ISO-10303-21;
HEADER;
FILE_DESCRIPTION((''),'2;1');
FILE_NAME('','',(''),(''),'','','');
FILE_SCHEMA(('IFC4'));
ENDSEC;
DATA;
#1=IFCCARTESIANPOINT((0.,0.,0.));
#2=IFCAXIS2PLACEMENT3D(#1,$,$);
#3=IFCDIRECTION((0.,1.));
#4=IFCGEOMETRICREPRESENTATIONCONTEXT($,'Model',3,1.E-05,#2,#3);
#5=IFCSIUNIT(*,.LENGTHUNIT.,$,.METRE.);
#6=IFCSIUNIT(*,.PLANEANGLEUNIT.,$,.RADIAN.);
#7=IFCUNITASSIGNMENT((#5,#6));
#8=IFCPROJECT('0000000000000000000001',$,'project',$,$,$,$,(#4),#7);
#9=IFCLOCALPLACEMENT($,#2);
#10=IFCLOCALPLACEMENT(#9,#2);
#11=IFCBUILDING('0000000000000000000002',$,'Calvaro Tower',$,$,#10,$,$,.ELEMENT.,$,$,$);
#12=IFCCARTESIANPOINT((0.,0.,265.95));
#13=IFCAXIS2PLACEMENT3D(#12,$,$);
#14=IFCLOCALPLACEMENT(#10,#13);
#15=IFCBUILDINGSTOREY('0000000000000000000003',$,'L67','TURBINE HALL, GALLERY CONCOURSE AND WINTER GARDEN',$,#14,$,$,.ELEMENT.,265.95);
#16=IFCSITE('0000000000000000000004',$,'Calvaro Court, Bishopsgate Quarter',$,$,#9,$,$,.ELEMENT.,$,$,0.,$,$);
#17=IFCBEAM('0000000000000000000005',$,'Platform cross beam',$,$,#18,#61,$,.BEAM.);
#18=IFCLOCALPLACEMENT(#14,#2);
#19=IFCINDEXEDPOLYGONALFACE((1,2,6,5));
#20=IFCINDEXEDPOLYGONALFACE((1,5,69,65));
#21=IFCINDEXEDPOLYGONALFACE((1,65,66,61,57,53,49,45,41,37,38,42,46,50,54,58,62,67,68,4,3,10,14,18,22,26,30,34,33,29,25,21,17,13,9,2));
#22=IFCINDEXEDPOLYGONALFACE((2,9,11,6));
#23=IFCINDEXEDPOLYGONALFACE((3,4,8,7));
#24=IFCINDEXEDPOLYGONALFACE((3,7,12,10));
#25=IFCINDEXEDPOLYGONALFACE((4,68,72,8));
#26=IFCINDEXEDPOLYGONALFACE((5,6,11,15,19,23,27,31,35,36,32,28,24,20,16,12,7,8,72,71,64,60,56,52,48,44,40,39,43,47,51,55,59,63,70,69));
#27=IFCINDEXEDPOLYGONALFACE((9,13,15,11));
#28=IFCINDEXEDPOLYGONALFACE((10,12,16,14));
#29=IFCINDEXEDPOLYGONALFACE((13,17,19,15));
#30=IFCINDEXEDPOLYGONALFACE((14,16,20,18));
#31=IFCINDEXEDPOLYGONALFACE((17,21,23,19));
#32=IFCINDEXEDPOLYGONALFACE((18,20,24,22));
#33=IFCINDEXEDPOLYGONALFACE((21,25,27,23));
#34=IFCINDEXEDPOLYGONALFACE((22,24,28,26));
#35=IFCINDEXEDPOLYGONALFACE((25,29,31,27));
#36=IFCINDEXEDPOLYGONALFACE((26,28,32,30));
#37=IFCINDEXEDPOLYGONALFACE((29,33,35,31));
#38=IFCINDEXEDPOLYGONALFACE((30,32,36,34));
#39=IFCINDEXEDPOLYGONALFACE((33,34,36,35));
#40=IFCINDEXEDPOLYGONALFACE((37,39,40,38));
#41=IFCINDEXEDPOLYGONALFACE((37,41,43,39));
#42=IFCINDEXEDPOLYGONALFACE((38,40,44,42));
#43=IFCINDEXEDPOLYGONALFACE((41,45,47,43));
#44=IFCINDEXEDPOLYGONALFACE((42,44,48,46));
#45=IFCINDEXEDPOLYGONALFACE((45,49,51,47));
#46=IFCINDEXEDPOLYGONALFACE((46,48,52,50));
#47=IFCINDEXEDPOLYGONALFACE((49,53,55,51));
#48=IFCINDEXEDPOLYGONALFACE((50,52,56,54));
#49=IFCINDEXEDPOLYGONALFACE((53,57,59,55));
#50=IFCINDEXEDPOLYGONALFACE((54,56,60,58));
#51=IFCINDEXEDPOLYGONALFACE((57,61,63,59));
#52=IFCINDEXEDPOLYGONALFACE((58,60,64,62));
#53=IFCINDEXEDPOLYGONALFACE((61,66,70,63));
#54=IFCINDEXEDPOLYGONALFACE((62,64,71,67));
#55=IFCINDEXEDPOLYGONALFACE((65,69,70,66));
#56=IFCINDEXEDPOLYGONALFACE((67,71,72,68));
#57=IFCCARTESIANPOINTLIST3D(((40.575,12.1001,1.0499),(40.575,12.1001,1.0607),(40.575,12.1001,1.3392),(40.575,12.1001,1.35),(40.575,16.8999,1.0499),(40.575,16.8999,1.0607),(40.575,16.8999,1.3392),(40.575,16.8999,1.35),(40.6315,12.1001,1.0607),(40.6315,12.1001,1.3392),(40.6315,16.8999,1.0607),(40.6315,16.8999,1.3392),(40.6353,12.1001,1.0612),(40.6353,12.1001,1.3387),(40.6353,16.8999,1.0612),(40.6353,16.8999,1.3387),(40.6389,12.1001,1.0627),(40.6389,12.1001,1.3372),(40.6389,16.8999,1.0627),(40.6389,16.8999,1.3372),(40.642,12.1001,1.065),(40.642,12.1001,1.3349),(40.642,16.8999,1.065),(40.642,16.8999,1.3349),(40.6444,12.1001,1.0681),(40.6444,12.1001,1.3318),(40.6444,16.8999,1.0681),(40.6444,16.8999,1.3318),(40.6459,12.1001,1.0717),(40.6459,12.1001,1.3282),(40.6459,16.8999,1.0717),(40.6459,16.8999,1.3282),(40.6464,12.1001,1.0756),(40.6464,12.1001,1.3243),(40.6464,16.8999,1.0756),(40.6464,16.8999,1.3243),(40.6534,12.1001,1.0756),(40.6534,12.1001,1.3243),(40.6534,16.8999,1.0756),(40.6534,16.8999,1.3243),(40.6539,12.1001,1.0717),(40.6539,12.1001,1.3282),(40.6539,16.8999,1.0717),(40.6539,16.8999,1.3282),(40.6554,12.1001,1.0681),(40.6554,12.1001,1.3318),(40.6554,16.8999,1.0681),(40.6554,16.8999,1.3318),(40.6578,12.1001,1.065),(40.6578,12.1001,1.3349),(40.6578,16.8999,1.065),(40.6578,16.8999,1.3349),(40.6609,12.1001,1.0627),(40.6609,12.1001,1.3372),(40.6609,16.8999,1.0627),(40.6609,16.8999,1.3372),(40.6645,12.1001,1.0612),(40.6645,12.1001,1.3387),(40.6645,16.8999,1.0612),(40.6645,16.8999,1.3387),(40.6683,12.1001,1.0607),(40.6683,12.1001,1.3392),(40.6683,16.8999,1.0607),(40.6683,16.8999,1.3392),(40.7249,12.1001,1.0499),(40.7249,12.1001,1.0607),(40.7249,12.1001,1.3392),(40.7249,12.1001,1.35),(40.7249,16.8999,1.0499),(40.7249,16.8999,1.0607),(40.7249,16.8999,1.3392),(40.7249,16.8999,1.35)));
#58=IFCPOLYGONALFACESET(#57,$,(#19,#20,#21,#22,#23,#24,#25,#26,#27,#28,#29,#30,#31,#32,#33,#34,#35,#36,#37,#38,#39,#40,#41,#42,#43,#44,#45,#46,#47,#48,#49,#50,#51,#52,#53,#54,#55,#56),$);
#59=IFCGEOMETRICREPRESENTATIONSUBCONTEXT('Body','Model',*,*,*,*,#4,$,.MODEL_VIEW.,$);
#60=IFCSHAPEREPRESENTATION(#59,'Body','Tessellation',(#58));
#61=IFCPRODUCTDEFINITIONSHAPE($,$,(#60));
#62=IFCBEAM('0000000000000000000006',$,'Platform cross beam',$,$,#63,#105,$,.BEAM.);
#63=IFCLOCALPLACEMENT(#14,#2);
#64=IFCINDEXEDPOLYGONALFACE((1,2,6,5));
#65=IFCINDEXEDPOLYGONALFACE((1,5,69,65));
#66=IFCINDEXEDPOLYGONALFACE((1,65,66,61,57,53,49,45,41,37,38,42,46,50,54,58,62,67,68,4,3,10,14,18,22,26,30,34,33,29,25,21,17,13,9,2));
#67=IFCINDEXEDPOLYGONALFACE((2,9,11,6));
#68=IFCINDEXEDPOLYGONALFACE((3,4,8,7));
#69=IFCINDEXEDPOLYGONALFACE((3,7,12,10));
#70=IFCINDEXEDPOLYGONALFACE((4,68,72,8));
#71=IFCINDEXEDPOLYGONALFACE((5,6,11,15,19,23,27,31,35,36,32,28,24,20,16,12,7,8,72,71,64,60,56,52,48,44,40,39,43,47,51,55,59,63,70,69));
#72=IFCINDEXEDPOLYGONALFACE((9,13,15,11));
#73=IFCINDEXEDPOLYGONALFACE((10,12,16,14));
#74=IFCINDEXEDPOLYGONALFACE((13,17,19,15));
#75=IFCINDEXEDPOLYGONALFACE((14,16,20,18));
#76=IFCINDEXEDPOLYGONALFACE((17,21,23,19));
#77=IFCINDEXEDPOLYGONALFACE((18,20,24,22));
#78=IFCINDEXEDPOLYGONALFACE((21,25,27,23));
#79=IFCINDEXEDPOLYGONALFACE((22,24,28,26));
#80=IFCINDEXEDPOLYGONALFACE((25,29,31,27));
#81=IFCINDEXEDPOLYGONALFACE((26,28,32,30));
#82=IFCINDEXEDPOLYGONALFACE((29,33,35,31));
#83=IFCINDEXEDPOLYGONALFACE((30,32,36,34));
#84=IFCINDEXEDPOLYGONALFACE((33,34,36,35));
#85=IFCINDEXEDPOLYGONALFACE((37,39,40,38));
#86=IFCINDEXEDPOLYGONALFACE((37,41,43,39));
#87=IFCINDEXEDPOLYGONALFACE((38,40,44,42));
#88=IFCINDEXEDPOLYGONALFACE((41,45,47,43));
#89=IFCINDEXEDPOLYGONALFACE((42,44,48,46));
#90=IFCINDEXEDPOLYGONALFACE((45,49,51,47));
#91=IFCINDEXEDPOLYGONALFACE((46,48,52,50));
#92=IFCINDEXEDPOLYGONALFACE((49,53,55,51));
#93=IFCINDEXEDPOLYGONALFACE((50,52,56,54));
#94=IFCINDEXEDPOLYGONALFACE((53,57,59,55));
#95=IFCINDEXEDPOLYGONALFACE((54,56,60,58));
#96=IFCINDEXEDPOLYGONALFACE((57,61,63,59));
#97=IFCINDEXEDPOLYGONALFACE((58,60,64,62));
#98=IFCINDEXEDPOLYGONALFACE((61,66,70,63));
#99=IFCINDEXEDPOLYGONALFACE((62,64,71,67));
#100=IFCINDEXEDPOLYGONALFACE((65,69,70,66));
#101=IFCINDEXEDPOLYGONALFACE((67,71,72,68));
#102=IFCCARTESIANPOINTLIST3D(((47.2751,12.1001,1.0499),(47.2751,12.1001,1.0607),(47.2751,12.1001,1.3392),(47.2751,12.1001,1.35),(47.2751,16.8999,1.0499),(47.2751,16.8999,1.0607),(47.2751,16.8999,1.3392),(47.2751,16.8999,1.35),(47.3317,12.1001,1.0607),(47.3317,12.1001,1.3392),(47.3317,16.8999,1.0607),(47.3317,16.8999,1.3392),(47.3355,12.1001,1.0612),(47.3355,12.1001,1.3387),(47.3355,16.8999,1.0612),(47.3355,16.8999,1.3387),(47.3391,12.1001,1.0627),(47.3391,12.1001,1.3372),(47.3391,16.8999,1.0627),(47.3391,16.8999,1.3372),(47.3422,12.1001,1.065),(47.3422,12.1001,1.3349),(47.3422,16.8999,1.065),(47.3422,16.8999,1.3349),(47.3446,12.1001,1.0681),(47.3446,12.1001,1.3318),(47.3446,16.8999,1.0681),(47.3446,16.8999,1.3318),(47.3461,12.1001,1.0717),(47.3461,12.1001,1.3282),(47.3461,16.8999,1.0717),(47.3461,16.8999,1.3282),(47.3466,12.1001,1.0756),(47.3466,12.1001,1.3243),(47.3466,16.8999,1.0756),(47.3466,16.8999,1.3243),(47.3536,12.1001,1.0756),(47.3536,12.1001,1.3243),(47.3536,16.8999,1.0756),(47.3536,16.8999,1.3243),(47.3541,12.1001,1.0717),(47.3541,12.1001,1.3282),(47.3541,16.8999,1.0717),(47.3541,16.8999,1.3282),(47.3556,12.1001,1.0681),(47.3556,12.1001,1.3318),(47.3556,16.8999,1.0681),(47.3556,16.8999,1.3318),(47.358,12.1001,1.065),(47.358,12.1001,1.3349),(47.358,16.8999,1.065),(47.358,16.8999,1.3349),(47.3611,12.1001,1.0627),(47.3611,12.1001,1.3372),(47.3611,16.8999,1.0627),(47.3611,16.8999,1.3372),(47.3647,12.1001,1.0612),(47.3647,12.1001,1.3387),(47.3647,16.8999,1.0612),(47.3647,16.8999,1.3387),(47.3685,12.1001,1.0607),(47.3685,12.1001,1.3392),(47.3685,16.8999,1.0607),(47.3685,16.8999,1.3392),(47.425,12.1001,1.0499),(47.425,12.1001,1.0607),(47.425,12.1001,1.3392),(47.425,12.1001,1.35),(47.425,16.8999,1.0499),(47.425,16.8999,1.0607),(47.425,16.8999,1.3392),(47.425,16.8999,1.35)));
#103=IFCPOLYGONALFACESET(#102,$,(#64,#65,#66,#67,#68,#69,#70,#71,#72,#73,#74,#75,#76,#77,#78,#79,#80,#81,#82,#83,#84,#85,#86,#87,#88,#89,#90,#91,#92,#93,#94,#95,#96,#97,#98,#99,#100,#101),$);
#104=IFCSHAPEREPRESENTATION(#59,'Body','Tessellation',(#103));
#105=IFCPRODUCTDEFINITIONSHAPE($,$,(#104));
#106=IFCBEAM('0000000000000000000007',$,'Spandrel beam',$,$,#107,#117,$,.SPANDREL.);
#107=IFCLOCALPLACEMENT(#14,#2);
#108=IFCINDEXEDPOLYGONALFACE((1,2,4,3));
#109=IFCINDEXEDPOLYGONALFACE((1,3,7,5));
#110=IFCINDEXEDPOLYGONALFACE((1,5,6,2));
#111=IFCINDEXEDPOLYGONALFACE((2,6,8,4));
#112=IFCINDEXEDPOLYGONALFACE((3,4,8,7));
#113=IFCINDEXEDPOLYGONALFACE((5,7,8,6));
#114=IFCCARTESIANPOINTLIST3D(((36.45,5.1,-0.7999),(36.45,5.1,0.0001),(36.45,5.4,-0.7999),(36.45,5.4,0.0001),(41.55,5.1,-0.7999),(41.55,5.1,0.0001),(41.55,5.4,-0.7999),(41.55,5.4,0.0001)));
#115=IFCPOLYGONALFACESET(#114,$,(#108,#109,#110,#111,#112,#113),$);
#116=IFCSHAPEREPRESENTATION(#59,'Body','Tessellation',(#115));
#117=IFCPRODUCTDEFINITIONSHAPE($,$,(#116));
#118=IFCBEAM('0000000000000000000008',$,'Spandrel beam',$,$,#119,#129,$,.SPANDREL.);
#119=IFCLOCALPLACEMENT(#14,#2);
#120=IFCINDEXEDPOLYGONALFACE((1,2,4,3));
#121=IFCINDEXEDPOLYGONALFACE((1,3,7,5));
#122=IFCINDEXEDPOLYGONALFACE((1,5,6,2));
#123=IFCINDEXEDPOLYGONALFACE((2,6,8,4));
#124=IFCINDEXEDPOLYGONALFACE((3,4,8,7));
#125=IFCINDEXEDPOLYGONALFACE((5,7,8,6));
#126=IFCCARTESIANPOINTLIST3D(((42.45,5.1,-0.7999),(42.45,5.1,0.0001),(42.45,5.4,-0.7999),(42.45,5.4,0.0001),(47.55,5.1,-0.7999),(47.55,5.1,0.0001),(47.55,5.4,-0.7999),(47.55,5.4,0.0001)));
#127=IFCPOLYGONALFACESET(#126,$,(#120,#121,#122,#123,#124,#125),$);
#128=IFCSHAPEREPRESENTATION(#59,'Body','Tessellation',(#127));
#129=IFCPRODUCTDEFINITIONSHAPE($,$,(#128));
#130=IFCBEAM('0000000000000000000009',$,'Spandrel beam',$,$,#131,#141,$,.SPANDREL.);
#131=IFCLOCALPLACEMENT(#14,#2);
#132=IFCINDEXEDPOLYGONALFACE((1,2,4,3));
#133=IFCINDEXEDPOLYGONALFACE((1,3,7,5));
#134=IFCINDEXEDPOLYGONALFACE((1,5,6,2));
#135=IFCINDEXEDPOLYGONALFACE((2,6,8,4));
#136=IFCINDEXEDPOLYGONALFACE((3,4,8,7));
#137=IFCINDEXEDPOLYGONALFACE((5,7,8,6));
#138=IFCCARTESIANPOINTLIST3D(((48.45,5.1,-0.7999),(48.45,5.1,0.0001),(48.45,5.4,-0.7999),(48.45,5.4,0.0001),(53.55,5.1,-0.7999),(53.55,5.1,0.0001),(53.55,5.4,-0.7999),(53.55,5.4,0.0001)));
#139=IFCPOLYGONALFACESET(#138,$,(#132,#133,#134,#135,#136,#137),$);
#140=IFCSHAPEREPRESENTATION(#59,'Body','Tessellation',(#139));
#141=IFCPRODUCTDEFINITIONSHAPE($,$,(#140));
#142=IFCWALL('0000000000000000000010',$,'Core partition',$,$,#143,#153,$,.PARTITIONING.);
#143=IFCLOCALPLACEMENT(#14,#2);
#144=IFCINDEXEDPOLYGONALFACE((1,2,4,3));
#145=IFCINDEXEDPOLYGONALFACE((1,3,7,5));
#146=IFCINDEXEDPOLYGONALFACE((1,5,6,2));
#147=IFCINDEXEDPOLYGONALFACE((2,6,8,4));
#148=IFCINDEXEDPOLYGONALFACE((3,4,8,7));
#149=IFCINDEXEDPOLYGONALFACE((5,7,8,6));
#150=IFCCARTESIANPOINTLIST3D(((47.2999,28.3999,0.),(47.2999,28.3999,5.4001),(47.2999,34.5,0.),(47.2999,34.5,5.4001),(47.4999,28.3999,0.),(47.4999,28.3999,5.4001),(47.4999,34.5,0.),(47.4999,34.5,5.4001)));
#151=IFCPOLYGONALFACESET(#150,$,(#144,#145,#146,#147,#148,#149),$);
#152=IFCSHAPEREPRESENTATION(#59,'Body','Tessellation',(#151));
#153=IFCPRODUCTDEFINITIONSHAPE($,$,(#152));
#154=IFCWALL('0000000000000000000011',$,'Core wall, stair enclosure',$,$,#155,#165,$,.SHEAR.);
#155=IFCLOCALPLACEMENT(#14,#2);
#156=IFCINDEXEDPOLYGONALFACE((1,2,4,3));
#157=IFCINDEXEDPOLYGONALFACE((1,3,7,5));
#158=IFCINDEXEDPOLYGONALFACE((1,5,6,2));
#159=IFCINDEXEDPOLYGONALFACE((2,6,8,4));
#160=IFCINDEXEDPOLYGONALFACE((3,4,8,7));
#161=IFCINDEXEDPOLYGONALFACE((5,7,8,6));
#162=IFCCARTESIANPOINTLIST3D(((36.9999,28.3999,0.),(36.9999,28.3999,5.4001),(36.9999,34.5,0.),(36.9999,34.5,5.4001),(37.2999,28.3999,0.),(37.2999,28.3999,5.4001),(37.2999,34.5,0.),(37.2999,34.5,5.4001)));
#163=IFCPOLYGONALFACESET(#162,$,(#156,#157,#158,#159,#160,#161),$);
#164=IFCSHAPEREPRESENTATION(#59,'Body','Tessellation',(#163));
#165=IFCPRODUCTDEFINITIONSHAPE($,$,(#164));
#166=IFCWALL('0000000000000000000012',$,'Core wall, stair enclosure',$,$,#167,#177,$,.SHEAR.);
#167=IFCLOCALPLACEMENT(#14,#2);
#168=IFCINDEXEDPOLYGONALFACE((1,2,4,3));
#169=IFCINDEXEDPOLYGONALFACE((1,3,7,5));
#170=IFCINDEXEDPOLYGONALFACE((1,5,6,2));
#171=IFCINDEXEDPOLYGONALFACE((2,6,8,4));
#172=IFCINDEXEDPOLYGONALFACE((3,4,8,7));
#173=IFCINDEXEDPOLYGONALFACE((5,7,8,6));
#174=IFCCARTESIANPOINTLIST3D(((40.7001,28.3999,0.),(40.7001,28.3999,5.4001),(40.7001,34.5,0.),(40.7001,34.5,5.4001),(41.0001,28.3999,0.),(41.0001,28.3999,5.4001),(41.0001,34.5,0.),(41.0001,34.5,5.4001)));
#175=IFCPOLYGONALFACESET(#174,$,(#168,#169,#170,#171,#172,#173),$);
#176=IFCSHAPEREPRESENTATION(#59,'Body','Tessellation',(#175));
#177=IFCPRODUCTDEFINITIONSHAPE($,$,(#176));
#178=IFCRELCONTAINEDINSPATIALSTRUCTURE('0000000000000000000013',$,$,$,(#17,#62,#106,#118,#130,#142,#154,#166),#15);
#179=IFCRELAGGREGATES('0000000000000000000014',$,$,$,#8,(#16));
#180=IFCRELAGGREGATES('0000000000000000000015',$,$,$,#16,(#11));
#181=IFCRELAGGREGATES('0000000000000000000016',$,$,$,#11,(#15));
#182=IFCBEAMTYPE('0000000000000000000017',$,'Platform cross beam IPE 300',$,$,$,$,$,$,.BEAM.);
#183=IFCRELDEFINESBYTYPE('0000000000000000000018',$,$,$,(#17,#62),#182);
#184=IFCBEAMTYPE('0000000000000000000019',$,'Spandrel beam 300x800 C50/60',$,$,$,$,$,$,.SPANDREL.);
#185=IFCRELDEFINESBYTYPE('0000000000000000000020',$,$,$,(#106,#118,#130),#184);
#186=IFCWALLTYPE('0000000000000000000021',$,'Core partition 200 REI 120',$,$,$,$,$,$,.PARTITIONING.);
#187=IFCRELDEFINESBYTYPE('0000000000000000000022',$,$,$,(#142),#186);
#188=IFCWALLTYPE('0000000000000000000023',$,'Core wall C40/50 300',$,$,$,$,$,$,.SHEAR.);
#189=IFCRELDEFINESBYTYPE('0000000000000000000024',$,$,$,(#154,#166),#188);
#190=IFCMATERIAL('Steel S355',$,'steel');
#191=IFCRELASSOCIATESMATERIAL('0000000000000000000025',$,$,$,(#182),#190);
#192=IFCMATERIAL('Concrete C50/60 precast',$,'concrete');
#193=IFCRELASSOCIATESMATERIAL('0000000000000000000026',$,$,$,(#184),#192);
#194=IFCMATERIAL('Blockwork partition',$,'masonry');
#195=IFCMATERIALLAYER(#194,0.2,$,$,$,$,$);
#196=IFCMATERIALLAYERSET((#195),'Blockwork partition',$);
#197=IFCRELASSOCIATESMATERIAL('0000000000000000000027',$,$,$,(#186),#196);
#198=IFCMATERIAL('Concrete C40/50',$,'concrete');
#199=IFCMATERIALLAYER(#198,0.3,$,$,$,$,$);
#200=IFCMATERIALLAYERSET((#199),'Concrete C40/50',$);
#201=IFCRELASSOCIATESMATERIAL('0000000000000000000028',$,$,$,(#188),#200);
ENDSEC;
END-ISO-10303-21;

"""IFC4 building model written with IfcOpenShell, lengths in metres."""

from ifc_helpers import new_model, si_unit, direction, frame, frame_2d, origin, origin_2d, place, context, subcontext, project, spatial, rectangle, i_section, extrude, material, layer, layer_set, material_profile, profile_set, type_object, element, save


model = new_model("IFC4")

# Units and contexts
model_context = context("Model", 3, precision=1e-05, world=origin(), true_north=direction((0.0, 1.0)))
body_context = subcontext(model_context, "Body", "Model", "MODEL_VIEW")
ifc_project = project(units=[si_unit("LENGTHUNIT", "METRE"), si_unit("PLANEANGLEUNIT", "RADIAN")], contexts=[model_context])

# Site, building, storey
site_placement = place(None, origin())
site = spatial("IfcSite", under=ifc_project, at=site_placement, Name="Calvaro Court, Bishopsgate Quarter", CompositionType="ELEMENT", RefElevation=0.0)
building_placement = place(site_placement, origin())
building = spatial("IfcBuilding", under=site, at=building_placement, Name="Calvaro Tower", CompositionType="ELEMENT")
storey_placement = place(building_placement, frame((0.0, 0.0, 265.95)))
storey = spatial("IfcBuildingStorey", under=building, at=storey_placement, Name="L67", Description="TURBINE HALL, GALLERY CONCOURSE AND WINTER GARDEN", CompositionType="ELEMENT", Elevation=265.95)

# Beams
ifc_material_1 = material(Name="Steel S355", Category="steel")
ifc_material_profile_1 = material_profile(ifc_material_1, i_section(OverallWidth=0.1499, OverallDepth=0.3, WebThickness=0.0071, FlangeThickness=0.0107, FilletRadius=0.0149, at=origin_2d()), Name="IPE 300")
ifc_profile_set_1 = profile_set([ifc_material_profile_1], Name="Steel S355")
beam_type_1 = type_object("IfcBeamType", Name="Platform cross beam IPE 300", PredefinedType="BEAM", material=ifc_profile_set_1)
for number, where, z_axis, x_axis, name in (
    (1, (40.6499, 12.1001, 1.2), (0.0, 1.0, 0.0), (-1.0, 0.0, 0.0), "Platform cross beam"),
    (2, (47.3501, 12.1001, 1.2), (0.0, 1.0, 0.0), (-1.0, 0.0, 0.0), "Platform cross beam"),
):
    element("IfcBeam", number, at=place(storey_placement, frame(where, z_axis=z_axis, x_axis=x_axis)), inside=storey, type_object=beam_type_1, Name=name, PredefinedType="BEAM", context=body_context, shape_type="SweptSolid", body=[
        extrude(i_section(OverallWidth=0.1499, OverallDepth=0.3, WebThickness=0.0071, FlangeThickness=0.0107, FilletRadius=0.0149, at=origin_2d()), origin(), (0.0, 0.0, 1.0), 4.7998),
    ])
ifc_material_2 = material(Name="Concrete C50/60 precast", Category="concrete")
ifc_material_profile_2 = material_profile(ifc_material_2, rectangle(XDim=0.3, YDim=0.8, at=origin_2d()), Name="RC 300x800")
ifc_profile_set_2 = profile_set([ifc_material_profile_2], Name="Concrete C50/60 precast")
beam_type_2 = type_object("IfcBeamType", Name="Spandrel beam 300x800 C50/60", PredefinedType="SPANDREL", material=ifc_profile_set_2)
for number, where, z_axis, x_axis, name in (
    (3, (36.45, 5.25, -0.3999), (1.0, 0.0, 0.0), (0.0, 1.0, 0.0), "Spandrel beam"),
    (4, (42.45, 5.25, -0.3999), (1.0, 0.0, 0.0), (0.0, 1.0, 0.0), "Spandrel beam"),
    (5, (48.45, 5.25, -0.3999), (1.0, 0.0, 0.0), (0.0, 1.0, 0.0), "Spandrel beam"),
):
    element("IfcBeam", number, at=place(storey_placement, frame(where, z_axis=z_axis, x_axis=x_axis)), inside=storey, type_object=beam_type_2, Name=name, PredefinedType="SPANDREL", context=body_context, shape_type="SweptSolid", body=[
        extrude(rectangle(XDim=0.3, YDim=0.8, at=origin_2d()), origin(), (0.0, 0.0, 1.0), 5.1001),
    ])

# Walls
ifc_material_3 = material(Name="Blockwork partition", Category="masonry")
ifc_layer_1 = layer(ifc_material_3, 0.2)
ifc_layer_set_1 = layer_set([ifc_layer_1], Name="Blockwork partition")
wall_type_1 = type_object("IfcWallType", Name="Core partition 200 REI 120", PredefinedType="PARTITIONING", material=ifc_layer_set_1)
wall_1_placement = place(storey_placement, frame((47.3999, 28.3999, 0.0), z_axis=(0.0, 0.0, 1.0), x_axis=(0.0, 1.0, 0.0)))
element("IfcWall", 6, at=wall_1_placement, inside=storey, type_object=wall_type_1, Name="Core partition", PredefinedType="PARTITIONING", context=body_context, shape_type="SweptSolid", body=[
    extrude(rectangle(XDim=6.1001, YDim=0.2, at=frame_2d((3.05, 0.0))), origin(), (0.0, 0.0, 1.0), 5.4001),
])
ifc_material_4 = material(Name="Concrete C40/50", Category="concrete")
ifc_layer_2 = layer(ifc_material_4, 0.3)
ifc_layer_set_2 = layer_set([ifc_layer_2], Name="Concrete C40/50")
wall_type_2 = type_object("IfcWallType", Name="Core wall C40/50 300", PredefinedType="SHEAR", material=ifc_layer_set_2)
for number, where, z_axis, x_axis, name in (
    (7, (37.1499, 28.3999, 0.0), (0.0, 0.0, 1.0), (0.0, 1.0, 0.0), "Core wall, stair enclosure"),
    (8, (40.8501, 28.3999, 0.0), (0.0, 0.0, 1.0), (0.0, 1.0, 0.0), "Core wall, stair enclosure"),
):
    element("IfcWall", number, at=place(storey_placement, frame(where, z_axis=z_axis, x_axis=x_axis)), inside=storey, type_object=wall_type_2, Name=name, PredefinedType="SHEAR", context=body_context, shape_type="SweptSolid", body=[
        extrude(rectangle(XDim=6.1001, YDim=0.3, at=frame_2d((3.05, 0.0))), origin(), (0.0, 0.0, 1.0), 5.4001),
    ])

save(model, "model.ifc")
